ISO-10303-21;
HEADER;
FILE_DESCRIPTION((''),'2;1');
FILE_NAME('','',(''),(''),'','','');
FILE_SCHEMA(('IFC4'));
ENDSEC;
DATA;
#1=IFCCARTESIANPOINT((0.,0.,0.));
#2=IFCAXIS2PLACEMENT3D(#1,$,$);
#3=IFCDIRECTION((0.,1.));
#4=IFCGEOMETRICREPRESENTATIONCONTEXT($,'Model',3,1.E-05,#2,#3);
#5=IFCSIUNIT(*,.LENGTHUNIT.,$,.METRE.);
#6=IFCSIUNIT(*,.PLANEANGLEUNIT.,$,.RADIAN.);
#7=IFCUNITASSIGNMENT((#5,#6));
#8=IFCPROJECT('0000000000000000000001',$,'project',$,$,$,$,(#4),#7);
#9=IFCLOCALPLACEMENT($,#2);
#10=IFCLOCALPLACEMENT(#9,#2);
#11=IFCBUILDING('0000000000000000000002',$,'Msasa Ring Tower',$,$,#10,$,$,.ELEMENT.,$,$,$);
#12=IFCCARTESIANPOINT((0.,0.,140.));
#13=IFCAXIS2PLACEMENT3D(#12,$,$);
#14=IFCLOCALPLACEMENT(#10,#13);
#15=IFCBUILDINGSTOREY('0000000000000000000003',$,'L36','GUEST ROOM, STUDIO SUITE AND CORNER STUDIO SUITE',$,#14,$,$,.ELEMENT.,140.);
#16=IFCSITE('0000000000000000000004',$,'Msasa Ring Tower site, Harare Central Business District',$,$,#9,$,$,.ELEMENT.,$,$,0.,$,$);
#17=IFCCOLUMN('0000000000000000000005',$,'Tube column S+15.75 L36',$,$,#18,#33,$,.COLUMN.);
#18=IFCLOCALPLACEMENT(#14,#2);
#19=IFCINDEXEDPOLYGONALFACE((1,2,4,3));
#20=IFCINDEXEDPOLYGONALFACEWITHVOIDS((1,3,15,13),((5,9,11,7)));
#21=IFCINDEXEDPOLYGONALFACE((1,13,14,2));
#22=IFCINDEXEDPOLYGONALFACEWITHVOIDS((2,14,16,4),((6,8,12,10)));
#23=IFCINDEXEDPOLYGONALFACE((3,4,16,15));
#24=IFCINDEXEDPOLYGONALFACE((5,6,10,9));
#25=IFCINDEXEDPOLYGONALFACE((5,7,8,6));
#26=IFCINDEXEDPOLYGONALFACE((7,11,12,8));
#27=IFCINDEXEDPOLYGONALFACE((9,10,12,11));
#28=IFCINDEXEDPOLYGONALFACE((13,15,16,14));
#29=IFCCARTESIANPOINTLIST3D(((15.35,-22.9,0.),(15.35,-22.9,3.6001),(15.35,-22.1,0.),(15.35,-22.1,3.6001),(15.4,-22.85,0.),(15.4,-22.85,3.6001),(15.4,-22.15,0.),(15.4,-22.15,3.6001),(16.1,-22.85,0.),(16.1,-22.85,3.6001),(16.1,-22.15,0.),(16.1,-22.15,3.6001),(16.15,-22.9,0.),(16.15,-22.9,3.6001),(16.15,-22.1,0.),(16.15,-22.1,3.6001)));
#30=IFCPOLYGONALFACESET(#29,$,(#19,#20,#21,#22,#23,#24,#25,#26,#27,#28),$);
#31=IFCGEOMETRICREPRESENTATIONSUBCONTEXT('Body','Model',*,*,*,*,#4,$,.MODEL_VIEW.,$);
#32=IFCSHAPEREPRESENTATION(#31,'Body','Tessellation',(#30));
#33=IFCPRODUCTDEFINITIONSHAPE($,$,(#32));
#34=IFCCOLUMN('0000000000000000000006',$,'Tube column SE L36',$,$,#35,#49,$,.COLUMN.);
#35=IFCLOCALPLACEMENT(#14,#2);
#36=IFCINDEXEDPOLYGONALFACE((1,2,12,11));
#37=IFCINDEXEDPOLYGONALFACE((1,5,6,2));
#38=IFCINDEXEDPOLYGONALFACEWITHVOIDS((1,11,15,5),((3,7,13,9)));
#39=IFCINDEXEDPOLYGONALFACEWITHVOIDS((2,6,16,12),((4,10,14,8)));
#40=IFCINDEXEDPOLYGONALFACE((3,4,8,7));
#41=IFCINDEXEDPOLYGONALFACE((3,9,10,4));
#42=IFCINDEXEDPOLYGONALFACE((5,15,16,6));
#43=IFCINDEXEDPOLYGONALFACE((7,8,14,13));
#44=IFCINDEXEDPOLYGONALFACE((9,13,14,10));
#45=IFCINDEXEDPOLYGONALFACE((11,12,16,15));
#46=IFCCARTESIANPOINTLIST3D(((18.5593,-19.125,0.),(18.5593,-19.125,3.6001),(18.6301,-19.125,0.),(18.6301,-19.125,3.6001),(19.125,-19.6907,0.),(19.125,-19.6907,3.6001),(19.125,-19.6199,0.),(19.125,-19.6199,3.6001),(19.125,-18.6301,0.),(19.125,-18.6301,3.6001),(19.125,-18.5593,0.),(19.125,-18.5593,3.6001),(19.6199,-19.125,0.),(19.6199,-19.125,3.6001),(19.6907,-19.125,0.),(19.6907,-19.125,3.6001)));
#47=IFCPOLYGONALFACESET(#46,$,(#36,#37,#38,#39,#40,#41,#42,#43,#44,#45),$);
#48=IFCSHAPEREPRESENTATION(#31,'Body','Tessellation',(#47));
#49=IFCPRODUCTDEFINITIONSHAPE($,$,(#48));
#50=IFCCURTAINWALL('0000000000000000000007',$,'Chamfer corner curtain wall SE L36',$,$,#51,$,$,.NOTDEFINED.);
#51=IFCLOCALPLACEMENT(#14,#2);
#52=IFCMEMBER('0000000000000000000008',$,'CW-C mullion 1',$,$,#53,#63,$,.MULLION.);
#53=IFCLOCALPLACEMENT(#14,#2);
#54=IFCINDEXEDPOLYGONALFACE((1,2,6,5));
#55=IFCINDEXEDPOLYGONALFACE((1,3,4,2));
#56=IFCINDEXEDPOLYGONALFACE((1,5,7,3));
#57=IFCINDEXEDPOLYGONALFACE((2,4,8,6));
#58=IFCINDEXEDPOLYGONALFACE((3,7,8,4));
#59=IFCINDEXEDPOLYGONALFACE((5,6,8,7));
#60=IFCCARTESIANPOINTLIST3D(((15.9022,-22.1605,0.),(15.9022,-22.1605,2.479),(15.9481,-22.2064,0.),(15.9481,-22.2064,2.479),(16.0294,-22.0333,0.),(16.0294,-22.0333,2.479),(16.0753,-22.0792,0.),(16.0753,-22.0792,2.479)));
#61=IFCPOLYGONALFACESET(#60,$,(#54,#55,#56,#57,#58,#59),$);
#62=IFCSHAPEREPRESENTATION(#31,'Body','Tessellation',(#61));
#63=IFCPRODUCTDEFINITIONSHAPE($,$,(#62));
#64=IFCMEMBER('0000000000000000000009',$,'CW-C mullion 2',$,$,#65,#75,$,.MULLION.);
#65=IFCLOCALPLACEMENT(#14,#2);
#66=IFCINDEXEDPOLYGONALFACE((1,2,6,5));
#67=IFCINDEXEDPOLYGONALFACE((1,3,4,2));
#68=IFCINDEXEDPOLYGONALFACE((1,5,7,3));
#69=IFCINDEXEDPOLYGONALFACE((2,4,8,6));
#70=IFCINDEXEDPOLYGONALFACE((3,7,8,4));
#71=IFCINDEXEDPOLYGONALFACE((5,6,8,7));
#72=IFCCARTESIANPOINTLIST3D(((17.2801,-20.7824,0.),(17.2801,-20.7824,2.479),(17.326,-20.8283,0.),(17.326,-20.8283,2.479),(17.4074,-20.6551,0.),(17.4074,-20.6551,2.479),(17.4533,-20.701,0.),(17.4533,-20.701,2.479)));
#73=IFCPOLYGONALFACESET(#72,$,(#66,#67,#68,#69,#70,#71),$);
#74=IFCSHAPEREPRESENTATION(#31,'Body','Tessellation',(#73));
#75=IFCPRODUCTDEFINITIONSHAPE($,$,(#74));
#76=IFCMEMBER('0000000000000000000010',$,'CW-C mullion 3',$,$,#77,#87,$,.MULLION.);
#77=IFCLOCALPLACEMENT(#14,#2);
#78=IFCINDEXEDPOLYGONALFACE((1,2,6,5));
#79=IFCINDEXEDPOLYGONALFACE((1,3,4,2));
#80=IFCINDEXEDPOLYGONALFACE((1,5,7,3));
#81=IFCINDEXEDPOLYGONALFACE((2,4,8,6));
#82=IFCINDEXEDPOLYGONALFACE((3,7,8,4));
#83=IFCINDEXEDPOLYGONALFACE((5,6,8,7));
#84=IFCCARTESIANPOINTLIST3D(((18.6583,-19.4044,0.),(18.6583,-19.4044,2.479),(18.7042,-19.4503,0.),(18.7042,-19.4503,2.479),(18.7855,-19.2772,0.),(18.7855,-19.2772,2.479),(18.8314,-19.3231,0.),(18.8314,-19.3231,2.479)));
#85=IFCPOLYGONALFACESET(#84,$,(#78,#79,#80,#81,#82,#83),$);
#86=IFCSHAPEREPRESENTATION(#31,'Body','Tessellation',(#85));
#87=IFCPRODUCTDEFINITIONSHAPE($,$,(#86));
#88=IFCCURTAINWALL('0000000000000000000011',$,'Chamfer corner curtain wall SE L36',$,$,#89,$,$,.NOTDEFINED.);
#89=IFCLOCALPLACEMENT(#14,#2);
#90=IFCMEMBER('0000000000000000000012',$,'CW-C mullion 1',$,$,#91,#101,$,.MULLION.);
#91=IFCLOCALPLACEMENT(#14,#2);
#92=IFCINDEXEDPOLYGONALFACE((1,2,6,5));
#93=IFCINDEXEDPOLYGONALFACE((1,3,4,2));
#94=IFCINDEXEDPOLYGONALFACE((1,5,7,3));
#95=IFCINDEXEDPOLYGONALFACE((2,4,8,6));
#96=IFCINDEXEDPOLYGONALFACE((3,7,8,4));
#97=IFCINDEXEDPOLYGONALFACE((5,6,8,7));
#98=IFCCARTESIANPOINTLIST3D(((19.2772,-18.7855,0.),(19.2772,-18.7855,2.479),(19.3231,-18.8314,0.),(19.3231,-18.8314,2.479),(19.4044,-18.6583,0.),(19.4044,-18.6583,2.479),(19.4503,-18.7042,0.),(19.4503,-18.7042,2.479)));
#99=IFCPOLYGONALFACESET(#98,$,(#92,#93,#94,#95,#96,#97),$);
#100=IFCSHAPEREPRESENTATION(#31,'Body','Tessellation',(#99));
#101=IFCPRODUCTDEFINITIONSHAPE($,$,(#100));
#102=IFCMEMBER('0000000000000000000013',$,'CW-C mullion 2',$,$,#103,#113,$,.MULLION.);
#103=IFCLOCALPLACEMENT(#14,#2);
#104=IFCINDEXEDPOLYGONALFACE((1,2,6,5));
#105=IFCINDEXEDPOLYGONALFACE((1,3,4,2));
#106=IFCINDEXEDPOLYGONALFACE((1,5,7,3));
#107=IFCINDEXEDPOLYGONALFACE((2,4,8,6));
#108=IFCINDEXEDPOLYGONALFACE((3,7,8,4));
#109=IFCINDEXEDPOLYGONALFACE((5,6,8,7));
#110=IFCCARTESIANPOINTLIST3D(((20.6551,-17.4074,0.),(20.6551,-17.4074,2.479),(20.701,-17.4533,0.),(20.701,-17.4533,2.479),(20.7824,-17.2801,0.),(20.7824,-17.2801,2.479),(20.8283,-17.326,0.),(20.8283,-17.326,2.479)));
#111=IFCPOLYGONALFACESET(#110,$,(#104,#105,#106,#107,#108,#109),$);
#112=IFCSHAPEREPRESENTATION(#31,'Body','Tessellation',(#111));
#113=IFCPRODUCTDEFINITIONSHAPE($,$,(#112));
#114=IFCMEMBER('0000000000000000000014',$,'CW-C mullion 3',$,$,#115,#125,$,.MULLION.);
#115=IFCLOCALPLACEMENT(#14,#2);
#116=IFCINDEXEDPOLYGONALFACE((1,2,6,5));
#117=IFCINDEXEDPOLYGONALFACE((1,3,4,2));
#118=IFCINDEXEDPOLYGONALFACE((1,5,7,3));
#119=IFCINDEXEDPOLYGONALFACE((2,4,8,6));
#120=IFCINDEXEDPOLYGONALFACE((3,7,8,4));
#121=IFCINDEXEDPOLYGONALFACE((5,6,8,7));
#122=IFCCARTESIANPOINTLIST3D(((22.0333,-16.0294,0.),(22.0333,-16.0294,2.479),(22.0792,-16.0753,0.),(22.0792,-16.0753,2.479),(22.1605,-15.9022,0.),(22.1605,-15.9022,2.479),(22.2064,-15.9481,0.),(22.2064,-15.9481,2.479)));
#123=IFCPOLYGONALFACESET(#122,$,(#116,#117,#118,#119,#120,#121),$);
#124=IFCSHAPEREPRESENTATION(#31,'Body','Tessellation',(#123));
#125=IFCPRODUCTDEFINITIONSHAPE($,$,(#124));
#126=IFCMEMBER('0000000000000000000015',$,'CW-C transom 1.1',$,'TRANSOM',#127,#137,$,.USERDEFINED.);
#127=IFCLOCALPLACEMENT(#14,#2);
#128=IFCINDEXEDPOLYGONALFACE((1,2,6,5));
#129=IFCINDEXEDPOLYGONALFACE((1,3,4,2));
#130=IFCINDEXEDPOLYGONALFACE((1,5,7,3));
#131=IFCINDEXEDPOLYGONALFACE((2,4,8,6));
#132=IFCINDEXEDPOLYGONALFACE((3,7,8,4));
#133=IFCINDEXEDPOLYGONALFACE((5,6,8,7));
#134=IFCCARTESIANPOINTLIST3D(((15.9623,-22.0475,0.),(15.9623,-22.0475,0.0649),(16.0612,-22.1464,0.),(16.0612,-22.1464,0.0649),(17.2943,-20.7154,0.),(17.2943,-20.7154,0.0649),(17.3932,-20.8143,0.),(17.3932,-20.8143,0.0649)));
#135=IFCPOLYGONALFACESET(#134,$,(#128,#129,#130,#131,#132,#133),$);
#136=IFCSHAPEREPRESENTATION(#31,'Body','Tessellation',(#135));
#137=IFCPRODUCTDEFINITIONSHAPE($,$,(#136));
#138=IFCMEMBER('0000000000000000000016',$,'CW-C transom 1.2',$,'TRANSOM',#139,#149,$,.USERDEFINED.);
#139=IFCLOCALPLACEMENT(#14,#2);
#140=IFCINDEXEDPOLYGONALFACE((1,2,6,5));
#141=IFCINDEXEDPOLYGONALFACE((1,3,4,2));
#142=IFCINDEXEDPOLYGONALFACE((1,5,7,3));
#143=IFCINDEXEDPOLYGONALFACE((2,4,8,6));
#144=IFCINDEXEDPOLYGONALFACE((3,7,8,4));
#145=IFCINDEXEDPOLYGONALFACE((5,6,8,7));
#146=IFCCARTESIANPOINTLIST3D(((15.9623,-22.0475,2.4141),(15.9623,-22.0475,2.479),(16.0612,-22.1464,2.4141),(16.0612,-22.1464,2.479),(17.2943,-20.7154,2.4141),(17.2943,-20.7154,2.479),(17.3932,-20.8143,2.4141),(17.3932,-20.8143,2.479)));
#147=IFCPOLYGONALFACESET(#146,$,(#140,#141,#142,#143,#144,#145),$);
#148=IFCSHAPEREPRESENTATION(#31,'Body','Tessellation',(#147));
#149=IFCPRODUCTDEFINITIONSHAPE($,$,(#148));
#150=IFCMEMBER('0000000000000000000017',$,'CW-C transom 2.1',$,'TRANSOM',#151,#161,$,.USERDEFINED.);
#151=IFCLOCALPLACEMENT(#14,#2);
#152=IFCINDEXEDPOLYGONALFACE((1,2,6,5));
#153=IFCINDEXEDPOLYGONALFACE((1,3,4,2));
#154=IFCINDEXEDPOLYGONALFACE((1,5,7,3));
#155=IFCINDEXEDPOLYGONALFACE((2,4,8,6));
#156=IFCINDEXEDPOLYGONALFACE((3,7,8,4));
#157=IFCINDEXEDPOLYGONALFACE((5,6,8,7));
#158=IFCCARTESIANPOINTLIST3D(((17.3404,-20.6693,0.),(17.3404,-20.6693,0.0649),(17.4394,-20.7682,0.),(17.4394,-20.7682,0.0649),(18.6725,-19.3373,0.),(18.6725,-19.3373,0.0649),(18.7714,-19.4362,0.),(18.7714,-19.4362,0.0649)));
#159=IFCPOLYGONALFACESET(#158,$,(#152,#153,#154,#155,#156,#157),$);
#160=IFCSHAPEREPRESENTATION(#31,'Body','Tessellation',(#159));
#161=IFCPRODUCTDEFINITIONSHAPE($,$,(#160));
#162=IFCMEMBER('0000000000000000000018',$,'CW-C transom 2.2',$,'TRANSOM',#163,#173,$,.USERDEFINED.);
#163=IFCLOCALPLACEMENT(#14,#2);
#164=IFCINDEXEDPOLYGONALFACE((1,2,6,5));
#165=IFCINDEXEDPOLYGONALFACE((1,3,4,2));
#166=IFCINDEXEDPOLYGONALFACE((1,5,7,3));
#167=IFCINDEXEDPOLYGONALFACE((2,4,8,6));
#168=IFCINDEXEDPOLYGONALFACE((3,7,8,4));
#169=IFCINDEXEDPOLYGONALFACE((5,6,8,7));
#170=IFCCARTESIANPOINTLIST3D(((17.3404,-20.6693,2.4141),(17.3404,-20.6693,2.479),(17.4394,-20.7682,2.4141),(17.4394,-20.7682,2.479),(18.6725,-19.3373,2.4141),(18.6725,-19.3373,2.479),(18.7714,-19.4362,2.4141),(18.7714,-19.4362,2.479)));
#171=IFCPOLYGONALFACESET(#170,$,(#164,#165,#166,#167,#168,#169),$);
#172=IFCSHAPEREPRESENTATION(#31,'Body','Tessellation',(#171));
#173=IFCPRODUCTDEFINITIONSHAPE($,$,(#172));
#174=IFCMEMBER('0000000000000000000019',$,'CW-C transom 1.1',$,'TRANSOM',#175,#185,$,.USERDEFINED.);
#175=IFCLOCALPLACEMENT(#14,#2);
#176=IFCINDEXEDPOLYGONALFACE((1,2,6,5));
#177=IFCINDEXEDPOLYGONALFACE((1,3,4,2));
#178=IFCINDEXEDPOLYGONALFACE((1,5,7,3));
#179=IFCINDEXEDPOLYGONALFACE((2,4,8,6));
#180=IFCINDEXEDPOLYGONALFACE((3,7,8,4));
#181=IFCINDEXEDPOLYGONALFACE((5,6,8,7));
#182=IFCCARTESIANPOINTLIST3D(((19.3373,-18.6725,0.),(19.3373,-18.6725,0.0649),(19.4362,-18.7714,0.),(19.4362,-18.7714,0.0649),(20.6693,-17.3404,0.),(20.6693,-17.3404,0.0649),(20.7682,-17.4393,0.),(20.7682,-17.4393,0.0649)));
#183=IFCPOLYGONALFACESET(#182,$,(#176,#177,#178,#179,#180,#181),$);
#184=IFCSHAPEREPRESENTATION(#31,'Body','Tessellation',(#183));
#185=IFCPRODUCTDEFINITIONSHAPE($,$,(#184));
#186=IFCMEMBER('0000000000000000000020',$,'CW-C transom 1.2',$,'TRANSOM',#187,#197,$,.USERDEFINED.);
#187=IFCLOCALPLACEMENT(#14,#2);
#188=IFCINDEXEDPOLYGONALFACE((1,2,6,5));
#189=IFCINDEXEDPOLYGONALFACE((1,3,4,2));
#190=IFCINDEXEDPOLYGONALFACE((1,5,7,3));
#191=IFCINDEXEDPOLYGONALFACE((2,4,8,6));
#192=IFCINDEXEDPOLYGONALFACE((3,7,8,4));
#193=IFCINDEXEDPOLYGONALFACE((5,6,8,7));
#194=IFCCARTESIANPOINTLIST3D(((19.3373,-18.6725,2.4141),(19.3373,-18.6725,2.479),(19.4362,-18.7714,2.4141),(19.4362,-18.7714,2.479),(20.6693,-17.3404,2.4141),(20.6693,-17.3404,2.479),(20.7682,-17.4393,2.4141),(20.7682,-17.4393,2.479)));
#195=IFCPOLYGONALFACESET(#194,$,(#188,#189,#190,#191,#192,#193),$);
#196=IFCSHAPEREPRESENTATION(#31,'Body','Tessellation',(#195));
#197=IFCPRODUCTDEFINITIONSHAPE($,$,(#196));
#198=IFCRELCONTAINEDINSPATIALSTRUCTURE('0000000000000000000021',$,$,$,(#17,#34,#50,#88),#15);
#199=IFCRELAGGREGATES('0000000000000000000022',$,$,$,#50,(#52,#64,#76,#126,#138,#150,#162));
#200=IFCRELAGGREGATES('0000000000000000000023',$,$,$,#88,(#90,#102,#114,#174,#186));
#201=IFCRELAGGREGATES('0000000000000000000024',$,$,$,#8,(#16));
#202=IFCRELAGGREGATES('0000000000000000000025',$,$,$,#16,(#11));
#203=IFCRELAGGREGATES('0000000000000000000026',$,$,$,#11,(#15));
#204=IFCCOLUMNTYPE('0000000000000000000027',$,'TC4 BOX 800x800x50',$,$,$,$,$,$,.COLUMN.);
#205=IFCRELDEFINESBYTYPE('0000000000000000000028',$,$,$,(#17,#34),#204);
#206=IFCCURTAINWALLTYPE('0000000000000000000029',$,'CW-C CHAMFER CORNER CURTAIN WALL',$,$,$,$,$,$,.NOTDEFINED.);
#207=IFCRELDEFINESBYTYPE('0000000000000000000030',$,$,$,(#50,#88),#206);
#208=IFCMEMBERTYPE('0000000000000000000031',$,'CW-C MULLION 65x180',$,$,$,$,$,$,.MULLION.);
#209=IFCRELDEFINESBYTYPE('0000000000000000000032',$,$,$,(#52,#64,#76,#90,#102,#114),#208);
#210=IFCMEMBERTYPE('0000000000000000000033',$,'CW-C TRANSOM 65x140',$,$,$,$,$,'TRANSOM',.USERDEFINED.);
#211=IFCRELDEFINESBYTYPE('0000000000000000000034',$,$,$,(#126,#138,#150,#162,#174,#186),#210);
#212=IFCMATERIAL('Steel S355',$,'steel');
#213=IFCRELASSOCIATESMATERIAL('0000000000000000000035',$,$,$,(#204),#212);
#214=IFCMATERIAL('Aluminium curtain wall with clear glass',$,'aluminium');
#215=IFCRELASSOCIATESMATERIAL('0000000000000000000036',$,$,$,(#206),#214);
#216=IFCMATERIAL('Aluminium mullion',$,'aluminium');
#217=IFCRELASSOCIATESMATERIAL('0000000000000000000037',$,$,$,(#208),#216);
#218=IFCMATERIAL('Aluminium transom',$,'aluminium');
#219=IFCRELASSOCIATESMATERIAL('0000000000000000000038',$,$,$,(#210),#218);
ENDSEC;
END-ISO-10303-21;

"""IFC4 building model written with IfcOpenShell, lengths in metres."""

from ifc_helpers import new_model, si_unit, direction, frame, origin, origin_2d, place, context, subcontext, project, spatial, rectangle, hollow_rectangle, extrude, material, material_profile, profile_set, type_object, element, aggregate, save


model = new_model("IFC4")

# Units and contexts
model_context = context("Model", 3, precision=1e-05, world=origin(), true_north=direction((0.0, 1.0)))
body_context = subcontext(model_context, "Body", "Model", "MODEL_VIEW")
ifc_project = project(units=[si_unit("LENGTHUNIT", "METRE"), si_unit("PLANEANGLEUNIT", "RADIAN")], contexts=[model_context])

# Site, building, storey
site_placement = place(None, origin())
site = spatial("IfcSite", under=ifc_project, at=site_placement, Name="Msasa Ring Tower site, Harare Central Business District", CompositionType="ELEMENT", RefElevation=0.0)
building_placement = place(site_placement, origin())
building = spatial("IfcBuilding", under=site, at=building_placement, Name="Msasa Ring Tower", CompositionType="ELEMENT")
storey_placement = place(building_placement, frame((0.0, 0.0, 140.0)))
storey = spatial("IfcBuildingStorey", under=building, at=storey_placement, Name="L36", Description="GUEST ROOM, STUDIO SUITE AND CORNER STUDIO SUITE", CompositionType="ELEMENT", Elevation=140.0)

# Columns
ifc_material_1 = material(Name="Steel S355", Category="steel")
ifc_material_profile_1 = material_profile(ifc_material_1, hollow_rectangle(XDim=0.8, YDim=0.8, WallThickness=0.05, at=origin_2d()), Name="BOX 800x800x50")
ifc_profile_set_1 = profile_set([ifc_material_profile_1], Name="Steel S355")
column_type = type_object("IfcColumnType", Name="TC4 BOX 800x800x50", PredefinedType="COLUMN", material=ifc_profile_set_1)
for number, where, z_axis, x_axis, name in (
    (1, (15.75, -22.5, 0.0), (0.0, 0.0, 1.0), (0.0, 1.0, 0.0), "Tube column S+15.75 L36"),
    (2, (19.125, -19.125, 0.0), (0.0, 0.0, 1.0), (0.707107, -0.707107, 0.0), "Tube column SE L36"),
):
    element("IfcColumn", number, at=place(storey_placement, frame(where, z_axis=z_axis, x_axis=x_axis)), inside=storey, type_object=column_type, Name=name, PredefinedType="COLUMN", context=body_context, shape_type="SweptSolid", body=[
        extrude(hollow_rectangle(XDim=0.8, YDim=0.8, WallThickness=0.05, at=origin_2d()), origin(), (0.0, 0.0, 1.0), 3.6001),
    ])

# Curtain walls, members
ifc_material_2 = material(Name="Aluminium curtain wall with clear glass", Category="aluminium")
curtain_wall_type = type_object("IfcCurtainWallType", Name="CW-C CHAMFER CORNER CURTAIN WALL", PredefinedType="NOTDEFINED", material=ifc_material_2)
curtain_wall_1_placement = place(storey_placement, origin())
curtain_wall_1 = element("IfcCurtainWall", 3, at=curtain_wall_1_placement, inside=storey, type_object=curtain_wall_type, Name="Chamfer corner curtain wall SE L36", PredefinedType="NOTDEFINED")
ifc_material_3 = material(Name="Aluminium mullion", Category="aluminium")
ifc_material_profile_2 = material_profile(ifc_material_3, rectangle(XDim=0.0649, YDim=0.1799, at=origin_2d()), Name="AL 65x180")
ifc_profile_set_2 = profile_set([ifc_material_profile_2], Name="Aluminium mullion")
member_type_1 = type_object("IfcMemberType", Name="CW-C MULLION 65x180", PredefinedType="MULLION", material=ifc_profile_set_2)
member_1_placement = place(storey_placement, frame((15.9888, -22.1199, 0.0), z_axis=(0.0, 0.0, 1.0), x_axis=(-0.707107, 0.707107, 0.0)))
member_1 = element("IfcMember", 4, at=member_1_placement, type_object=member_type_1, Name="CW-C mullion 1", PredefinedType="MULLION", context=body_context, shape_type="SweptSolid", body=[
    extrude(rectangle(XDim=0.0649, YDim=0.1799, at=origin_2d()), origin(), (0.0, 0.0, 1.0), 2.479),
])
member_2_placement = place(storey_placement, frame((17.3667, -20.7417, 0.0), z_axis=(0.0, 0.0, 1.0), x_axis=(-0.707107, 0.707107, 0.0)))
member_2 = element("IfcMember", 5, at=member_2_placement, type_object=member_type_1, Name="CW-C mullion 2", PredefinedType="MULLION", context=body_context, shape_type="SweptSolid", body=[
    extrude(rectangle(XDim=0.0649, YDim=0.1799, at=origin_2d()), origin(), (0.0, 0.0, 1.0), 2.479),
])
member_3_placement = place(storey_placement, frame((18.7449, -19.3638, 0.0), z_axis=(0.0, 0.0, 1.0), x_axis=(-0.707107, 0.707107, 0.0)))
member_3 = element("IfcMember", 6, at=member_3_placement, type_object=member_type_1, Name="CW-C mullion 3", PredefinedType="MULLION", context=body_context, shape_type="SweptSolid", body=[
    extrude(rectangle(XDim=0.0649, YDim=0.1799, at=origin_2d()), origin(), (0.0, 0.0, 1.0), 2.479),
])
curtain_wall_2_placement = place(storey_placement, origin())
curtain_wall_2 = element("IfcCurtainWall", 7, at=curtain_wall_2_placement, inside=storey, type_object=curtain_wall_type, Name="Chamfer corner curtain wall SE L36", PredefinedType="NOTDEFINED")
member_4_placement = place(storey_placement, frame((19.3638, -18.7449, 0.0), z_axis=(0.0, 0.0, 1.0), x_axis=(-0.707107, 0.707107, 0.0)))
member_4 = element("IfcMember", 8, at=member_4_placement, type_object=member_type_1, Name="CW-C mullion 1", PredefinedType="MULLION", context=body_context, shape_type="SweptSolid", body=[
    extrude(rectangle(XDim=0.0649, YDim=0.1799, at=origin_2d()), origin(), (0.0, 0.0, 1.0), 2.479),
])
member_5_placement = place(storey_placement, frame((20.7417, -17.3667, 0.0), z_axis=(0.0, 0.0, 1.0), x_axis=(-0.707107, 0.707107, 0.0)))
member_5 = element("IfcMember", 9, at=member_5_placement, type_object=member_type_1, Name="CW-C mullion 2", PredefinedType="MULLION", context=body_context, shape_type="SweptSolid", body=[
    extrude(rectangle(XDim=0.0649, YDim=0.1799, at=origin_2d()), origin(), (0.0, 0.0, 1.0), 2.479),
])
member_6_placement = place(storey_placement, frame((22.1199, -15.9888, 0.0), z_axis=(0.0, 0.0, 1.0), x_axis=(-0.707107, 0.707107, 0.0)))
member_6 = element("IfcMember", 10, at=member_6_placement, type_object=member_type_1, Name="CW-C mullion 3", PredefinedType="MULLION", context=body_context, shape_type="SweptSolid", body=[
    extrude(rectangle(XDim=0.0649, YDim=0.1799, at=origin_2d()), origin(), (0.0, 0.0, 1.0), 2.479),
])

# Members
ifc_material_4 = material(Name="Aluminium transom", Category="aluminium")
ifc_material_profile_3 = material_profile(ifc_material_4, rectangle(XDim=0.1399, YDim=0.0649, at=origin_2d()), Name="AL 65x140")
ifc_profile_set_3 = profile_set([ifc_material_profile_3], Name="Aluminium transom")
member_type_2 = type_object("IfcMemberType", Name="CW-C TRANSOM 65x140", ElementType="TRANSOM", PredefinedType="USERDEFINED", material=ifc_profile_set_3)
member_7_placement = place(storey_placement, frame((16.0117, -22.0969, 0.0325), z_axis=(0.707107, 0.707107, 0.0), x_axis=(-0.707107, 0.707107, 0.0)))
member_7 = element("IfcMember", 11, at=member_7_placement, type_object=member_type_2, Name="CW-C transom 1.1", ObjectType="TRANSOM", PredefinedType="USERDEFINED", context=body_context, shape_type="SweptSolid", body=[
    extrude(rectangle(XDim=0.1399, YDim=0.0649, at=origin_2d()), origin(), (0.0, 0.0, 1.0), 1.8838),
])
member_8_placement = place(storey_placement, frame((16.0117, -22.0969, 2.4465), z_axis=(0.707107, 0.707107, 0.0), x_axis=(-0.707107, 0.707107, 0.0)))
member_8 = element("IfcMember", 12, at=member_8_placement, type_object=member_type_2, Name="CW-C transom 1.2", ObjectType="TRANSOM", PredefinedType="USERDEFINED", context=body_context, shape_type="SweptSolid", body=[
    extrude(rectangle(XDim=0.1399, YDim=0.0649, at=origin_2d()), origin(), (0.0, 0.0, 1.0), 1.8838),
])
member_9_placement = place(storey_placement, frame((17.3899, -20.7188, 0.0325), z_axis=(0.707107, 0.707107, 0.0), x_axis=(-0.707107, 0.707107, 0.0)))
member_9 = element("IfcMember", 13, at=member_9_placement, type_object=member_type_2, Name="CW-C transom 2.1", ObjectType="TRANSOM", PredefinedType="USERDEFINED", context=body_context, shape_type="SweptSolid", body=[
    extrude(rectangle(XDim=0.1399, YDim=0.0649, at=origin_2d()), origin(), (0.0, 0.0, 1.0), 1.8838),
])
member_10_placement = place(storey_placement, frame((17.3899, -20.7188, 2.4465), z_axis=(0.707107, 0.707107, 0.0), x_axis=(-0.707107, 0.707107, 0.0)))
member_10 = element("IfcMember", 14, at=member_10_placement, type_object=member_type_2, Name="CW-C transom 2.2", ObjectType="TRANSOM", PredefinedType="USERDEFINED", context=body_context, shape_type="SweptSolid", body=[
    extrude(rectangle(XDim=0.1399, YDim=0.0649, at=origin_2d()), origin(), (0.0, 0.0, 1.0), 1.8838),
])
member_11_placement = place(storey_placement, frame((19.3867, -18.7219, 0.0325), z_axis=(0.707107, 0.707107, 0.0), x_axis=(-0.707107, 0.707107, 0.0)))
member_11 = element("IfcMember", 15, at=member_11_placement, type_object=member_type_2, Name="CW-C transom 1.1", ObjectType="TRANSOM", PredefinedType="USERDEFINED", context=body_context, shape_type="SweptSolid", body=[
    extrude(rectangle(XDim=0.1399, YDim=0.0649, at=origin_2d()), origin(), (0.0, 0.0, 1.0), 1.8838),
])
member_12_placement = place(storey_placement, frame((19.3867, -18.7219, 2.4465), z_axis=(0.707107, 0.707107, 0.0), x_axis=(-0.707107, 0.707107, 0.0)))
member_12 = element("IfcMember", 16, at=member_12_placement, type_object=member_type_2, Name="CW-C transom 1.2", ObjectType="TRANSOM", PredefinedType="USERDEFINED", context=body_context, shape_type="SweptSolid", body=[
    extrude(rectangle(XDim=0.1399, YDim=0.0649, at=origin_2d()), origin(), (0.0, 0.0, 1.0), 1.8838),
])

aggregate(curtain_wall_1, [member_1, member_2, member_3, member_7, member_8, member_9, member_10])
aggregate(curtain_wall_2, [member_4, member_5, member_6, member_11, member_12])

save(model, "model.ifc")
